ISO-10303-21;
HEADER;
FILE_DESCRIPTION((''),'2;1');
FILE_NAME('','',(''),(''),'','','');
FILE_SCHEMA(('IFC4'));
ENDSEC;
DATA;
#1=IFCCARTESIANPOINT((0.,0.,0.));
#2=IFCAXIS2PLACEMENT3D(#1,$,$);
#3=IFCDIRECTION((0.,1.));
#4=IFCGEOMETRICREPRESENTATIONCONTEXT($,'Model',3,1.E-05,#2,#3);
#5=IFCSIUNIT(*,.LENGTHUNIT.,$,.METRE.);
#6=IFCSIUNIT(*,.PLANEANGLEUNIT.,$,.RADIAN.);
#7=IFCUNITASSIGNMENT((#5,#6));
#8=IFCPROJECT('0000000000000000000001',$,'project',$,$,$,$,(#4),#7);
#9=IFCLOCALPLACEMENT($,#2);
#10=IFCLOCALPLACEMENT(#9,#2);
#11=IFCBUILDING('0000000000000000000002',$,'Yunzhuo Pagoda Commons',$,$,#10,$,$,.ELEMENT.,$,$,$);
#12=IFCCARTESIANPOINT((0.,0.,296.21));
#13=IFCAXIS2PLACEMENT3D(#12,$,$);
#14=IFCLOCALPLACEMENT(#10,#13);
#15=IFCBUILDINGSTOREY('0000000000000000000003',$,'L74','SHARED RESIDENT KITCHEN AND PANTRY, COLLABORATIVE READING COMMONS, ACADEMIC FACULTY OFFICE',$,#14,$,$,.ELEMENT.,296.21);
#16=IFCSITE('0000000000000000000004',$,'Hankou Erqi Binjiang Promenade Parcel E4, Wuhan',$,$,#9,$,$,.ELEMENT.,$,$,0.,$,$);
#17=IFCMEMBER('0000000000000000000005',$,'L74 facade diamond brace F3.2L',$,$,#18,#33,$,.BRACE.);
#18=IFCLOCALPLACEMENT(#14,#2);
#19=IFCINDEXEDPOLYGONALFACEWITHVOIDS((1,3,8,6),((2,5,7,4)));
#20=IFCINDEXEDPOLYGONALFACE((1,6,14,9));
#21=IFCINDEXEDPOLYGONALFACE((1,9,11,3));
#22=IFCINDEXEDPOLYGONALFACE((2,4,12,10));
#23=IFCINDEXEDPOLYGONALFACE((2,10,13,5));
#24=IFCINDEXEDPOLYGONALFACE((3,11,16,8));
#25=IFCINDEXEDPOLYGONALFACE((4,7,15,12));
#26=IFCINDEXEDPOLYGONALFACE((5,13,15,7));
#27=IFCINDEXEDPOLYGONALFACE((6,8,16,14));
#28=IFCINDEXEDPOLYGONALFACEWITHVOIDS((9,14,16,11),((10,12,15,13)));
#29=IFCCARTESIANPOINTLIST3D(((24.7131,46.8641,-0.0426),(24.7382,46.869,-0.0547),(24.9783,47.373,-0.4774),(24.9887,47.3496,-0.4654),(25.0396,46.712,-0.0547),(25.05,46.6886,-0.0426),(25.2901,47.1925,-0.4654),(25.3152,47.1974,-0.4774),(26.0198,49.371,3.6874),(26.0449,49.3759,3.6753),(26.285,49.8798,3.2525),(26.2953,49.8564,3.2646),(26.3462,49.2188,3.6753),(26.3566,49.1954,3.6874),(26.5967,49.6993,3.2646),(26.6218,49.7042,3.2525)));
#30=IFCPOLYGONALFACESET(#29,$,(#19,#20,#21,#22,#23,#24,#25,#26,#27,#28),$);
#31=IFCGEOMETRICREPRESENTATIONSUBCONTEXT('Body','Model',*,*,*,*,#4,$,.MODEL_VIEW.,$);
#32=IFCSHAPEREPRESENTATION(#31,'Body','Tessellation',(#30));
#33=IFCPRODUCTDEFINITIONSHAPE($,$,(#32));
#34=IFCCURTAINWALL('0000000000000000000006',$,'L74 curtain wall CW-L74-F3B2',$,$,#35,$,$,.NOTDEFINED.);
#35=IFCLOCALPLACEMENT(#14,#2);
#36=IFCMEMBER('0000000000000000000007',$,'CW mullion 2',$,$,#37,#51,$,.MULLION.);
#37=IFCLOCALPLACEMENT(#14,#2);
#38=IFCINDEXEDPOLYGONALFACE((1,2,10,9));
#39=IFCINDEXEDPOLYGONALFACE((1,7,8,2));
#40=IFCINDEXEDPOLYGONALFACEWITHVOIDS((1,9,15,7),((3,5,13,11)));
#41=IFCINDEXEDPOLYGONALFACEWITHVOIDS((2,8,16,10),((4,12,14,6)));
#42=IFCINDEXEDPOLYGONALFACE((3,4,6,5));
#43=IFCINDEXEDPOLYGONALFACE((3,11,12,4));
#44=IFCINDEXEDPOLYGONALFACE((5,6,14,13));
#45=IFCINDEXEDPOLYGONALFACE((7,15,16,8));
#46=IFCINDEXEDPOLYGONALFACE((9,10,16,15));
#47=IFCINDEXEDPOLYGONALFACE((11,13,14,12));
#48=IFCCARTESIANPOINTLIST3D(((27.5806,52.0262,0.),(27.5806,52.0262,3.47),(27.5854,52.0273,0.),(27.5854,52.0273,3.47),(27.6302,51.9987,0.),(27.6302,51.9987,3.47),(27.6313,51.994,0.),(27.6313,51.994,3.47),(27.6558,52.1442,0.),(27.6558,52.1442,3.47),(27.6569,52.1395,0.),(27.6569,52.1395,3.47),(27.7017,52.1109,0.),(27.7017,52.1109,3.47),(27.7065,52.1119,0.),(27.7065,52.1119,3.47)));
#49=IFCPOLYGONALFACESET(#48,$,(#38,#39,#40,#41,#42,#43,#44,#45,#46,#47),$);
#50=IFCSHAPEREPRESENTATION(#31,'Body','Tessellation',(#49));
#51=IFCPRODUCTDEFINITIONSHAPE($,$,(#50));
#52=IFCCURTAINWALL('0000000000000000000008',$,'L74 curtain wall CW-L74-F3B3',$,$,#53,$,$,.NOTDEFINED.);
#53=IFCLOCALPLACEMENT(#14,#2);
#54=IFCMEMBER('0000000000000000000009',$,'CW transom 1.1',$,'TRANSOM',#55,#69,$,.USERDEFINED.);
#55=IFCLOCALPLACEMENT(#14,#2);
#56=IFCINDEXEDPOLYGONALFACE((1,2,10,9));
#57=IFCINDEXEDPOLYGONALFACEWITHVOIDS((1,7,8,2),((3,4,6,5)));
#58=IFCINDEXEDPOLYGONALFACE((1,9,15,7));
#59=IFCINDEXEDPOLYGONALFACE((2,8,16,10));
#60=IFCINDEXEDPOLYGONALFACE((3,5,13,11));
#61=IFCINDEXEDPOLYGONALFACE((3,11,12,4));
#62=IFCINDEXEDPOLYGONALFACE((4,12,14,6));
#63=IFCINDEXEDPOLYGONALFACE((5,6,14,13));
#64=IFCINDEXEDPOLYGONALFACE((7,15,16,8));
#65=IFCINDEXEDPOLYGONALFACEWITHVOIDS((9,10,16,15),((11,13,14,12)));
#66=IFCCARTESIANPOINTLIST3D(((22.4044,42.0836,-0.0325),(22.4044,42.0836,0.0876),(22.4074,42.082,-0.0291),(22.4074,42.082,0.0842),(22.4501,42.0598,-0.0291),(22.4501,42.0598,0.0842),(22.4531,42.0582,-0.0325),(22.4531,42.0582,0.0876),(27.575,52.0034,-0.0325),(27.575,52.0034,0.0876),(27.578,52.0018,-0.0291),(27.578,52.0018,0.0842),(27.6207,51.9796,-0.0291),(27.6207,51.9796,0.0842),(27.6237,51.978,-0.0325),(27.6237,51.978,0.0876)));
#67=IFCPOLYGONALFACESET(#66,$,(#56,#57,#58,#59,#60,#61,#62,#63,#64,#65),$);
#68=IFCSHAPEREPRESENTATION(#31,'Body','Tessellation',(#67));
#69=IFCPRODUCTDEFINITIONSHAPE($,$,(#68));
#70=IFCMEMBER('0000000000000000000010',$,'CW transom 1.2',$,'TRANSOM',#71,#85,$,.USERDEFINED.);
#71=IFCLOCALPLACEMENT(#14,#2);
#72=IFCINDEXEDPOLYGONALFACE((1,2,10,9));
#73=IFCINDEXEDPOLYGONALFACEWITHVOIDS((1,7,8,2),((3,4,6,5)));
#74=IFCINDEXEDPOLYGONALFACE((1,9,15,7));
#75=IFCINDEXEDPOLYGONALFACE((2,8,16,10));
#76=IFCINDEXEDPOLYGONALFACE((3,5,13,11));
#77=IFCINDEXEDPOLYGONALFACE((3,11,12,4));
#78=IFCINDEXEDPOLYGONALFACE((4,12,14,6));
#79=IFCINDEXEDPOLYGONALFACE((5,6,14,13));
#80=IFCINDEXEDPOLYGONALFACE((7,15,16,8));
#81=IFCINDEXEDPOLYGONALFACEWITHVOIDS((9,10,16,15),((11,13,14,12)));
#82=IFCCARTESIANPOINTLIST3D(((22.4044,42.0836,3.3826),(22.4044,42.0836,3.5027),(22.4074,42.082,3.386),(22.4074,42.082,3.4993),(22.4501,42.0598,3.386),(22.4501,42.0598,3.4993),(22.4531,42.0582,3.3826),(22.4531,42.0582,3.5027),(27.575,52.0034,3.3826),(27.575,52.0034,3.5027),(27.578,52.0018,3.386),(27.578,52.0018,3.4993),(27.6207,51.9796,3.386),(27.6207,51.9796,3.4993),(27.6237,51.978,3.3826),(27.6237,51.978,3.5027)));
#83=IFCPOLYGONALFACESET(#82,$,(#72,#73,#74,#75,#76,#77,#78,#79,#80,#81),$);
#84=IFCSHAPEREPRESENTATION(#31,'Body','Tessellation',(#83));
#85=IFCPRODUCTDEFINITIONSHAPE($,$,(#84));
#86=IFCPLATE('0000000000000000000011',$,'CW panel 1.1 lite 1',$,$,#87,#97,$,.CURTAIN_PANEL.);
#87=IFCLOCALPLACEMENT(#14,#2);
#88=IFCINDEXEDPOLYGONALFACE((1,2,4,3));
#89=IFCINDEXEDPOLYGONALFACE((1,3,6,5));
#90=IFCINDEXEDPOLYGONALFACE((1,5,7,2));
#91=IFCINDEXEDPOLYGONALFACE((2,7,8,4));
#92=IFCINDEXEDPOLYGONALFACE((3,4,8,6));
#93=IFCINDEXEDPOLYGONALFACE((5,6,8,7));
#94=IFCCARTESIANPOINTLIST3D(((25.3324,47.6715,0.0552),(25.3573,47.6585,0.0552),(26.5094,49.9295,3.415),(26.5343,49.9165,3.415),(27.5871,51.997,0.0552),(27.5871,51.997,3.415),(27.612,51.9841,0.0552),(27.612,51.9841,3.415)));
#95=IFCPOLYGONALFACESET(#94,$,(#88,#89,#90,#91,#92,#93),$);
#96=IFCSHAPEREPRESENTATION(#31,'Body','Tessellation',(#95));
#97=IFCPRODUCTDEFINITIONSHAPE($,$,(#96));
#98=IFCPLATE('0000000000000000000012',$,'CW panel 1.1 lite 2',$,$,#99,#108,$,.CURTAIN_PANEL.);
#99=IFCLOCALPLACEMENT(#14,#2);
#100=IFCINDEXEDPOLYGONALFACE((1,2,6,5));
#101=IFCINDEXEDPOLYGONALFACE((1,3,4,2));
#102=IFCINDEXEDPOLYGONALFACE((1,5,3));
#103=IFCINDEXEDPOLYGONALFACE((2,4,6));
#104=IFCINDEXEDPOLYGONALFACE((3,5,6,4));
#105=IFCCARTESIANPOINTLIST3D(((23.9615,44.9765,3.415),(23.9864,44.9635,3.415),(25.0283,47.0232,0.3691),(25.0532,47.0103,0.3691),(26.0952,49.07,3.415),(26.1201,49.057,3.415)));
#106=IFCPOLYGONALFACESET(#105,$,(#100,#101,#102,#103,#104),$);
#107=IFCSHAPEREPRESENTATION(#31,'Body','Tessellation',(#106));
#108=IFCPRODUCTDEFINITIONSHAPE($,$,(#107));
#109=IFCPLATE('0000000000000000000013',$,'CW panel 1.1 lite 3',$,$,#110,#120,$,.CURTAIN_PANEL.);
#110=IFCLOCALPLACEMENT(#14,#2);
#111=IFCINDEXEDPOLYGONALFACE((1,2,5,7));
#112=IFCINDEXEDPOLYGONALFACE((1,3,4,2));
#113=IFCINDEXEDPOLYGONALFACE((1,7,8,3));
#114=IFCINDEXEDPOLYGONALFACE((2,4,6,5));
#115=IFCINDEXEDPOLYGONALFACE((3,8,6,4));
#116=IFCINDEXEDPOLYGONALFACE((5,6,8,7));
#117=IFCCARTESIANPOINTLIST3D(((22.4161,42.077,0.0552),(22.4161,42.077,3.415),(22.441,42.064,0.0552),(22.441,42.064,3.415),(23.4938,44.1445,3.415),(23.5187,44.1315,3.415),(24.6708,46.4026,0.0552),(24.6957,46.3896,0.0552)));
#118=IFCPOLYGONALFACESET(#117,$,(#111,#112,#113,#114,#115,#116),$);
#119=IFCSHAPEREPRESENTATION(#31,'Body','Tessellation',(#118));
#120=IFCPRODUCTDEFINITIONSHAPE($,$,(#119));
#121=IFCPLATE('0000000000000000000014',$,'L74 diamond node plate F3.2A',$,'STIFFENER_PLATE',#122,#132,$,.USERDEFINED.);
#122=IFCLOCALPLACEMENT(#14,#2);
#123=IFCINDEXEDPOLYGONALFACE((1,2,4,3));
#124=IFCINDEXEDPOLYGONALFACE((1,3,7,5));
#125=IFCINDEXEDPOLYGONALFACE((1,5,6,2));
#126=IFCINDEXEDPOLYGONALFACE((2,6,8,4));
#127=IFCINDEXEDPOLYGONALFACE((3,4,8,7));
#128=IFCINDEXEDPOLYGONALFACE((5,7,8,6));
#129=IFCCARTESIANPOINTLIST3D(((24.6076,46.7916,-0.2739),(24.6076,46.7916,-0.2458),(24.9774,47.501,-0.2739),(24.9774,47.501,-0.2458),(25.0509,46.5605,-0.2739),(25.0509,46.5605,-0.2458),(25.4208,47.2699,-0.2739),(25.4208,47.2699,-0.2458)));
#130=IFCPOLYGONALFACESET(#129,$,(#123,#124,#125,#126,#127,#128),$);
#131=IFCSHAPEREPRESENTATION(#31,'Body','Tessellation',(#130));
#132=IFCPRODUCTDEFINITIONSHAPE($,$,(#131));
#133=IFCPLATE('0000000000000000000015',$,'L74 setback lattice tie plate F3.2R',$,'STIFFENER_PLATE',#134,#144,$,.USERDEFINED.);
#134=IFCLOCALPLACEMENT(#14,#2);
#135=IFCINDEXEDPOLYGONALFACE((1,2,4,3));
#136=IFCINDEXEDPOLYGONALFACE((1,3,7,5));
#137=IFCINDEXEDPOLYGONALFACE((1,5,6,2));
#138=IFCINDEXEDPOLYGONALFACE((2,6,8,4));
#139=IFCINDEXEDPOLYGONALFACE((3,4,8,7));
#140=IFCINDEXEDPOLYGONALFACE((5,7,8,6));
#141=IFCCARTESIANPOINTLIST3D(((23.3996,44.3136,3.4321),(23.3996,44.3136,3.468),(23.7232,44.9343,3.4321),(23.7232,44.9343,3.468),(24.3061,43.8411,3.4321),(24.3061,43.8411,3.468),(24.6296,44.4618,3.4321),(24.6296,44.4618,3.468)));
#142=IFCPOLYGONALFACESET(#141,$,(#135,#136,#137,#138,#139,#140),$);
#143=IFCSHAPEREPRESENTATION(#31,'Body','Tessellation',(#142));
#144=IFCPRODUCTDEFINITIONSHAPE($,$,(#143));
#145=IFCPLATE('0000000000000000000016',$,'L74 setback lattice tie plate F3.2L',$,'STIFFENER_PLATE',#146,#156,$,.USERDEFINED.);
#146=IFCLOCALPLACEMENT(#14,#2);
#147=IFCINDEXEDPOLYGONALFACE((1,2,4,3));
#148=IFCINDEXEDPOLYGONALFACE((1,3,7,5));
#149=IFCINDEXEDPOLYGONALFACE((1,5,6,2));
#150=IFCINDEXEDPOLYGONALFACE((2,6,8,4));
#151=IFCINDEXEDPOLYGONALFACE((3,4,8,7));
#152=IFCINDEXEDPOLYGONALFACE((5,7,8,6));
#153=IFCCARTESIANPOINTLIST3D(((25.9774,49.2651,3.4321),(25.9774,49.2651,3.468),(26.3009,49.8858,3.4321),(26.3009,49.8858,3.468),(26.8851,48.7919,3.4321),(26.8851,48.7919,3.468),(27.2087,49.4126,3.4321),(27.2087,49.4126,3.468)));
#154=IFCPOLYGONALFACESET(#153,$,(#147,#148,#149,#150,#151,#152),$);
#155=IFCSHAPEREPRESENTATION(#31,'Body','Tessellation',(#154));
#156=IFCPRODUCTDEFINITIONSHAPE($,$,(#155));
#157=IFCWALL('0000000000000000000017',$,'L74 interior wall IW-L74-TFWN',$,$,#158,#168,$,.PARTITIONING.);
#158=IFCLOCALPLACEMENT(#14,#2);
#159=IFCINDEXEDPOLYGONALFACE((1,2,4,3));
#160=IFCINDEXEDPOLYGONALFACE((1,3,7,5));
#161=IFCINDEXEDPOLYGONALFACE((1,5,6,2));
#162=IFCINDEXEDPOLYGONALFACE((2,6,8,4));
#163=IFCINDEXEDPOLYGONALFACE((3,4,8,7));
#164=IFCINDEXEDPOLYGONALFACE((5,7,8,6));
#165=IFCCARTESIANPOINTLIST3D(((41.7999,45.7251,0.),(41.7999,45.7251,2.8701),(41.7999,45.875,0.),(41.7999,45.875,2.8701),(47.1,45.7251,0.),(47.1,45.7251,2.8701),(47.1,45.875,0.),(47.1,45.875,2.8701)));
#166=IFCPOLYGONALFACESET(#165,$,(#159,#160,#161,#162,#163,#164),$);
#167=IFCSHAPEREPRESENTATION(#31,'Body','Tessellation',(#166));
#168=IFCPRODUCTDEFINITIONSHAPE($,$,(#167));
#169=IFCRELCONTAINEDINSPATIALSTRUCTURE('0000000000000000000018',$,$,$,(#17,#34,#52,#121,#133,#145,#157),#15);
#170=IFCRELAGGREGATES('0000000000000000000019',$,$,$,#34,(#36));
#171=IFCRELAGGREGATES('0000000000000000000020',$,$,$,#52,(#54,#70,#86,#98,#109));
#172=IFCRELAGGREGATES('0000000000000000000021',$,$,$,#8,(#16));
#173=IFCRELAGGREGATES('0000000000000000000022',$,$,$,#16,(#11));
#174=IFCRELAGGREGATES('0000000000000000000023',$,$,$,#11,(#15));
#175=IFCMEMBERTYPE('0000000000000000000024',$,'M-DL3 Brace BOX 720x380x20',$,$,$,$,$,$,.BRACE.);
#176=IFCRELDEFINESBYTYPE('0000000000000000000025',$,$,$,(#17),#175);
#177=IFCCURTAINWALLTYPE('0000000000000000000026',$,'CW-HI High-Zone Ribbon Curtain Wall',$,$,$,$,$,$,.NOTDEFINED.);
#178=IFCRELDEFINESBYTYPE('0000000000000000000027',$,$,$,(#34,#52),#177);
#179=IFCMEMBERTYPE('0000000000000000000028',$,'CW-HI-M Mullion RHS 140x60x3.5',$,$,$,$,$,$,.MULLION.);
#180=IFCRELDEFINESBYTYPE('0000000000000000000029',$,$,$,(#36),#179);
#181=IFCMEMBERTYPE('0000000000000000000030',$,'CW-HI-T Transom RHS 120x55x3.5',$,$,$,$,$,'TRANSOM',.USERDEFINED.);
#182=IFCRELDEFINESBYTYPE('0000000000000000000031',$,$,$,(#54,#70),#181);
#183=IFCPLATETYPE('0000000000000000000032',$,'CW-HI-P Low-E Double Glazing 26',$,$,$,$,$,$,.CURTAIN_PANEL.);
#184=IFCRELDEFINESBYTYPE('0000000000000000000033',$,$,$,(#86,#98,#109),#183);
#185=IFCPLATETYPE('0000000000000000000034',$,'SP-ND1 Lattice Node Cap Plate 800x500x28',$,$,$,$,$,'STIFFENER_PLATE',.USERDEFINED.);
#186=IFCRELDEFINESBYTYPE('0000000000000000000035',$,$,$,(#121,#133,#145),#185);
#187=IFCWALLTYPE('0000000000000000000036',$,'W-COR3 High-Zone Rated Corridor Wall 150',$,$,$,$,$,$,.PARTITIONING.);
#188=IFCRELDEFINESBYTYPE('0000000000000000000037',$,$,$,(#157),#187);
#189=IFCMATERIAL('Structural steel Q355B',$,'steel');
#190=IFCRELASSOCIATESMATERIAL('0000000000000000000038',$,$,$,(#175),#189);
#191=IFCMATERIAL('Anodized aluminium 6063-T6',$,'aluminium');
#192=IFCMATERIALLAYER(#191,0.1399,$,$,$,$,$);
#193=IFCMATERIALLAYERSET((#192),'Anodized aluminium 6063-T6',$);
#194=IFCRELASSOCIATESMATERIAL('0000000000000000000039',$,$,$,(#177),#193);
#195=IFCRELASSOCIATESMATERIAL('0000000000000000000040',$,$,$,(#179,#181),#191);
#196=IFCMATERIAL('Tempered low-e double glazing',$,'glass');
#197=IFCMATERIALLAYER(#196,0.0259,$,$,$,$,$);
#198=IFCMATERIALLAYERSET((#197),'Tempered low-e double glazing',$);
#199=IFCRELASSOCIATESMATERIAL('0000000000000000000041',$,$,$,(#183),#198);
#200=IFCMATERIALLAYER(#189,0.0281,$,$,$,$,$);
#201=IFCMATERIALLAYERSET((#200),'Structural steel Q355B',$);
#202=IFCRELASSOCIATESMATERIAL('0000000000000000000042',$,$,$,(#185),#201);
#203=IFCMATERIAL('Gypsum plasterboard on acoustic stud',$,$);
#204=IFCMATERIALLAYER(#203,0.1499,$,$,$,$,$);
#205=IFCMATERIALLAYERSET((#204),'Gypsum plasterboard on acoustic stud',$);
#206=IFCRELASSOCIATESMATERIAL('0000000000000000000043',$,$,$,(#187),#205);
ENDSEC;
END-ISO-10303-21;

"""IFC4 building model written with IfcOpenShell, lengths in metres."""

from ifc_helpers import new_model, si_unit, direction, frame, frame_2d, origin, origin_2d, place, context, subcontext, project, spatial, polyline, rectangle, hollow_rectangle, outline, extrude, source, transform, mapped, material, layer, layer_set, material_profile, profile_set, type_object, element, aggregate, save


model = new_model("IFC4")

# Units and contexts
model_context = context("Model", 3, precision=1e-05, world=origin(), true_north=direction((0.0, 1.0)))
body_context = subcontext(model_context, "Body", "Model", "MODEL_VIEW")
ifc_project = project(units=[si_unit("LENGTHUNIT", "METRE"), si_unit("PLANEANGLEUNIT", "RADIAN")], contexts=[model_context])

# Site, building, storey
site_placement = place(None, origin())
site = spatial("IfcSite", under=ifc_project, at=site_placement, Name="Hankou Erqi Binjiang Promenade Parcel E4, Wuhan", CompositionType="ELEMENT", RefElevation=0.0)
building_placement = place(site_placement, origin())
building = spatial("IfcBuilding", under=site, at=building_placement, Name="Yunzhuo Pagoda Commons", CompositionType="ELEMENT")
storey_placement = place(building_placement, frame((0.0, 0.0, 296.21)))
storey = spatial("IfcBuildingStorey", under=building, at=storey_placement, Name="L74", Description="SHARED RESIDENT KITCHEN AND PANTRY, COLLABORATIVE READING COMMONS, ACADEMIC FACULTY OFFICE", CompositionType="ELEMENT", Elevation=296.21)

# Shared definitions
ifc_material_1 = material(Name="Structural steel Q355B", Category="steel")

# Member
ifc_material_profile_1 = material_profile(ifc_material_1, hollow_rectangle(XDim=0.3799, YDim=0.72, WallThickness=0.02, at=origin_2d()), Name="Structural steel Q355B")
ifc_profile_set_1 = profile_set([ifc_material_profile_1], Name="Structural steel Q355B")
member_type_1 = type_object("IfcMemberType", Name="M-DL3 Brace BOX 720x380x20", PredefinedType="BRACE", material=ifc_profile_set_1)
shared_shape_1 = source(origin(), body_context, "Body", "SweptSolid", [
    extrude(hollow_rectangle(XDim=0.3799, YDim=0.72, WallThickness=0.02, at=origin_2d()), origin(), (0.0, 0.0, 1.0), 4.6802),
])
member_1_placement = place(storey_placement, frame((25.0142, 47.0308, -0.26), z_axis=(0.279185, 0.535626, 0.79697), x_axis=(-0.88677, 0.462212, 0.0)))
element("IfcMember", 1, at=member_1_placement, inside=storey, type_object=member_type_1, Name="L74 facade diamond brace F3.2L", PredefinedType="BRACE", context=body_context, shape_type="MappedRepresentation", body=[
    mapped(shared_shape_1, transform((0.0, 0.0, 0.0), scale=1.0)),
])

# Curtain wall, member
ifc_material_2 = material(Name="Anodized aluminium 6063-T6", Category="aluminium")
ifc_layer_1 = layer(ifc_material_2, 0.1399)
ifc_layer_set_1 = layer_set([ifc_layer_1], Name="Anodized aluminium 6063-T6")
curtain_wall_type = type_object("IfcCurtainWallType", Name="CW-HI High-Zone Ribbon Curtain Wall", PredefinedType="NOTDEFINED", material=ifc_layer_set_1)
curtain_wall_1_placement = place(storey_placement, origin())
curtain_wall_1 = element("IfcCurtainWall", 2, at=curtain_wall_1_placement, inside=storey, type_object=curtain_wall_type, Name="L74 curtain wall CW-L74-F3B2", PredefinedType="NOTDEFINED")
ifc_material_profile_2 = material_profile(ifc_material_2, hollow_rectangle(XDim=0.0601, YDim=0.1399, WallThickness=0.0034, at=origin_2d()), Name="Anodized aluminium 6063-T6")
ifc_profile_set_2 = profile_set([ifc_material_profile_2], Name="Anodized aluminium 6063-T6")
member_type_2 = type_object("IfcMemberType", Name="CW-HI-M Mullion RHS 140x60x3.5", PredefinedType="MULLION", material=ifc_profile_set_2)
shared_shape_2 = source(origin(), body_context, "Body", "SweptSolid", [
    extrude(hollow_rectangle(XDim=0.0601, YDim=0.1399, WallThickness=0.0034, at=origin_2d()), origin(), (0.0, 0.0, 1.0), 3.47),
])
member_2_placement = place(storey_placement, frame((27.6436, 52.0691, 0.0), z_axis=(0.0, 0.0, 1.0), x_axis=(0.84333, -0.537397, 0.0)))
member_2 = element("IfcMember", 3, at=member_2_placement, type_object=member_type_2, Name="CW mullion 2", PredefinedType="MULLION", context=body_context, shape_type="MappedRepresentation", body=[
    mapped(shared_shape_2, transform((0.0, 0.0, 0.0), scale=1.0)),
])
aggregate(curtain_wall_1, [member_2])

# Curtain wall, members, plates
curtain_wall_2_placement = place(storey_placement, origin())
curtain_wall_2 = element("IfcCurtainWall", 4, at=curtain_wall_2_placement, inside=storey, type_object=curtain_wall_type, Name="L74 curtain wall CW-L74-F3B3", PredefinedType="NOTDEFINED")
ifc_material_profile_3 = material_profile(ifc_material_2, hollow_rectangle(XDim=0.0549, YDim=0.1201, WallThickness=0.0034, at=origin_2d()), Name="Anodized aluminium 6063-T6")
ifc_profile_set_3 = profile_set([ifc_material_profile_3], Name="Anodized aluminium 6063-T6")
member_type_3 = type_object("IfcMemberType", Name="CW-HI-T Transom RHS 120x55x3.5", ElementType="TRANSOM", PredefinedType="USERDEFINED", material=ifc_profile_set_3)
shared_shape_3 = source(origin(), body_context, "Body", "SweptSolid", [
    extrude(hollow_rectangle(XDim=0.0549, YDim=0.1201, WallThickness=0.0034, at=origin_2d()), origin(), (0.0, 0.0, 1.0), 11.1865),
])
member_3_placement = place(storey_placement, frame((27.5994, 51.9907, 0.0276), z_axis=(-0.462218, -0.886767, 0.0), x_axis=(0.886767, -0.462218, 0.0)))
member_3 = element("IfcMember", 5, at=member_3_placement, type_object=member_type_3, Name="CW transom 1.1", ObjectType="TRANSOM", PredefinedType="USERDEFINED", context=body_context, shape_type="MappedRepresentation", body=[
    mapped(shared_shape_3, transform((0.0, 0.0, 0.0), scale=1.0)),
])
member_4_placement = place(storey_placement, frame((27.5994, 51.9907, 3.4426), z_axis=(-0.462218, -0.886767, 0.0), x_axis=(0.886767, -0.462218, 0.0)))
member_4 = element("IfcMember", 6, at=member_4_placement, type_object=member_type_3, Name="CW transom 1.2", ObjectType="TRANSOM", PredefinedType="USERDEFINED", context=body_context, shape_type="MappedRepresentation", body=[
    mapped(shared_shape_3, transform((0.0, 0.0, 0.0), scale=1.0)),
])
ifc_material_3 = material(Name="Tempered low-e double glazing", Category="glass")
ifc_layer_2 = layer(ifc_material_3, 0.0259)
ifc_layer_set_2 = layer_set([ifc_layer_2], Name="Tempered low-e double glazing")
plate_type_1 = type_object("IfcPlateType", Name="CW-HI-P Low-E Double Glazing 26", PredefinedType="CURTAIN_PANEL", material=ifc_layer_set_2)
plate_1_placement = place(storey_placement, frame((26.4846, 49.8213, 1.7351), z_axis=(-0.886761, 0.462228, 0.0), x_axis=(-0.462228, -0.886761, 0.0)))
plate_1 = element("IfcPlate", 7, at=plate_1_placement, type_object=plate_type_1, Name="CW panel 1.1 lite 1", PredefinedType="CURTAIN_PANEL", context=body_context, shape_type="SweptSolid", body=[
    extrude(outline(polyline([(-2.439, -1.6799), (2.439, -1.6799), (-0.1074, 1.6799), (-2.439, 1.6799), (-2.439, -1.6799)])), origin(), (0.0, 0.0, 1.0), 0.0281),
])
plate_2_placement = place(storey_placement, frame((25.0532, 47.0103, 1.8921), z_axis=(-0.886761, 0.462228, 0.0), x_axis=(-0.462228, -0.886761, 0.0)))
plate_2 = element("IfcPlate", 8, at=plate_2_placement, type_object=plate_type_1, Name="CW panel 1.1 lite 2", PredefinedType="CURTAIN_PANEL", context=body_context, shape_type="SweptSolid", body=[
    extrude(outline(polyline([(-2.3081, 1.5229), (0.0, -1.5229), (2.3081, 1.5229), (-2.3081, 1.5229)])), origin(), (0.0, 0.0, 1.0), 0.0281),
])
plate_3_placement = place(storey_placement, frame((23.5684, 44.2268, 1.7351), z_axis=(-0.886761, 0.462228, 0.0), x_axis=(-0.462228, -0.886761, 0.0)))
plate_3 = element("IfcPlate", 9, at=plate_3_placement, type_object=plate_type_1, Name="CW panel 1.1 lite 3", PredefinedType="CURTAIN_PANEL", context=body_context, shape_type="SweptSolid", body=[
    extrude(outline(polyline([(-2.439, -1.6799), (2.439, -1.6799), (2.439, 1.6799), (0.1074, 1.6799), (-2.439, -1.6799)])), origin(), (0.0, 0.0, 1.0), 0.0281),
])
aggregate(curtain_wall_2, [member_3, member_4, plate_1, plate_2, plate_3])

# Plates
ifc_layer_3 = layer(ifc_material_1, 0.0281)
ifc_layer_set_3 = layer_set([ifc_layer_3], Name="Structural steel Q355B")
plate_type_2 = type_object("IfcPlateType", Name="SP-ND1 Lattice Node Cap Plate 800x500x28", ElementType="STIFFENER_PLATE", PredefinedType="USERDEFINED", material=ifc_layer_set_3)
shared_shape_4 = source(origin(), body_context, "Body", "SweptSolid", [
    extrude(rectangle(XDim=0.8, YDim=0.5, at=origin_2d()), origin(), (0.0, 0.0, 1.0), 0.0281),
])
plate_4_placement = place(storey_placement, frame((25.0142, 47.0308, -0.2739), z_axis=(0.0, 0.0, 1.0), x_axis=(-0.462228, -0.886761, 0.0)))
element("IfcPlate", 10, at=plate_4_placement, inside=storey, type_object=plate_type_2, Name="L74 diamond node plate F3.2A", ObjectType="STIFFENER_PLATE", PredefinedType="USERDEFINED", context=body_context, shape_type="MappedRepresentation", body=[
    mapped(shared_shape_4, transform((0.0, 0.0, 0.0), scale=1.0)),
])
shared_shape_5 = source(origin(), body_context, "Body", "SweptSolid", [
    extrude(rectangle(XDim=0.7, YDim=1.0222, at=origin_2d()), origin(), (0.0, 0.0, 1.0), 0.0359),
])
plate_5_placement = place(storey_placement, frame((24.0146, 44.3877, 3.4321), z_axis=(0.0, 0.0, 1.0), x_axis=(-0.462228, -0.886761, 0.0)))
element("IfcPlate", 11, at=plate_5_placement, inside=storey, type_object=plate_type_2, Name="L74 setback lattice tie plate F3.2R", ObjectType="STIFFENER_PLATE", PredefinedType="USERDEFINED", context=body_context, shape_type="MappedRepresentation", body=[
    mapped(shared_shape_5, transform((0.0, 0.0, 0.0), scale=1.0)),
])
shared_shape_6 = source(origin(), body_context, "Body", "SweptSolid", [
    extrude(rectangle(XDim=0.7, YDim=1.0237, at=origin_2d()), origin(), (0.0, 0.0, 1.0), 0.0359),
])
plate_6_placement = place(storey_placement, frame((26.593, 49.3389, 3.4321), z_axis=(0.0, 0.0, 1.0), x_axis=(-0.462228, -0.886761, 0.0)))
element("IfcPlate", 12, at=plate_6_placement, inside=storey, type_object=plate_type_2, Name="L74 setback lattice tie plate F3.2L", ObjectType="STIFFENER_PLATE", PredefinedType="USERDEFINED", context=body_context, shape_type="MappedRepresentation", body=[
    mapped(shared_shape_6, transform((0.0, 0.0, 0.0), scale=1.0)),
])

# Wall
ifc_material_4 = material(Name="Gypsum plasterboard on acoustic stud")
ifc_layer_4 = layer(ifc_material_4, 0.1499)
ifc_layer_set_4 = layer_set([ifc_layer_4], Name="Gypsum plasterboard on acoustic stud")
wall_type_1 = type_object("IfcWallType", Name="W-COR3 High-Zone Rated Corridor Wall 150", PredefinedType="PARTITIONING", material=ifc_layer_set_4)
wall_1_placement = place(storey_placement, frame((41.8, 45.8, 0.0), z_axis=(0.0, 0.0, 1.0), x_axis=(1.0, 0.0, 0.0)))
element("IfcWall", 13, at=wall_1_placement, inside=storey, type_object=wall_type_1, Name="L74 interior wall IW-L74-TFWN", PredefinedType="PARTITIONING", context=body_context, shape_type="SweptSolid", body=[
    extrude(rectangle(XDim=5.3, YDim=0.1499, at=frame_2d((2.6499, 0.0))), origin(), (0.0, 0.0, 1.0), 2.8701),
])

save(model, "model.ifc")
